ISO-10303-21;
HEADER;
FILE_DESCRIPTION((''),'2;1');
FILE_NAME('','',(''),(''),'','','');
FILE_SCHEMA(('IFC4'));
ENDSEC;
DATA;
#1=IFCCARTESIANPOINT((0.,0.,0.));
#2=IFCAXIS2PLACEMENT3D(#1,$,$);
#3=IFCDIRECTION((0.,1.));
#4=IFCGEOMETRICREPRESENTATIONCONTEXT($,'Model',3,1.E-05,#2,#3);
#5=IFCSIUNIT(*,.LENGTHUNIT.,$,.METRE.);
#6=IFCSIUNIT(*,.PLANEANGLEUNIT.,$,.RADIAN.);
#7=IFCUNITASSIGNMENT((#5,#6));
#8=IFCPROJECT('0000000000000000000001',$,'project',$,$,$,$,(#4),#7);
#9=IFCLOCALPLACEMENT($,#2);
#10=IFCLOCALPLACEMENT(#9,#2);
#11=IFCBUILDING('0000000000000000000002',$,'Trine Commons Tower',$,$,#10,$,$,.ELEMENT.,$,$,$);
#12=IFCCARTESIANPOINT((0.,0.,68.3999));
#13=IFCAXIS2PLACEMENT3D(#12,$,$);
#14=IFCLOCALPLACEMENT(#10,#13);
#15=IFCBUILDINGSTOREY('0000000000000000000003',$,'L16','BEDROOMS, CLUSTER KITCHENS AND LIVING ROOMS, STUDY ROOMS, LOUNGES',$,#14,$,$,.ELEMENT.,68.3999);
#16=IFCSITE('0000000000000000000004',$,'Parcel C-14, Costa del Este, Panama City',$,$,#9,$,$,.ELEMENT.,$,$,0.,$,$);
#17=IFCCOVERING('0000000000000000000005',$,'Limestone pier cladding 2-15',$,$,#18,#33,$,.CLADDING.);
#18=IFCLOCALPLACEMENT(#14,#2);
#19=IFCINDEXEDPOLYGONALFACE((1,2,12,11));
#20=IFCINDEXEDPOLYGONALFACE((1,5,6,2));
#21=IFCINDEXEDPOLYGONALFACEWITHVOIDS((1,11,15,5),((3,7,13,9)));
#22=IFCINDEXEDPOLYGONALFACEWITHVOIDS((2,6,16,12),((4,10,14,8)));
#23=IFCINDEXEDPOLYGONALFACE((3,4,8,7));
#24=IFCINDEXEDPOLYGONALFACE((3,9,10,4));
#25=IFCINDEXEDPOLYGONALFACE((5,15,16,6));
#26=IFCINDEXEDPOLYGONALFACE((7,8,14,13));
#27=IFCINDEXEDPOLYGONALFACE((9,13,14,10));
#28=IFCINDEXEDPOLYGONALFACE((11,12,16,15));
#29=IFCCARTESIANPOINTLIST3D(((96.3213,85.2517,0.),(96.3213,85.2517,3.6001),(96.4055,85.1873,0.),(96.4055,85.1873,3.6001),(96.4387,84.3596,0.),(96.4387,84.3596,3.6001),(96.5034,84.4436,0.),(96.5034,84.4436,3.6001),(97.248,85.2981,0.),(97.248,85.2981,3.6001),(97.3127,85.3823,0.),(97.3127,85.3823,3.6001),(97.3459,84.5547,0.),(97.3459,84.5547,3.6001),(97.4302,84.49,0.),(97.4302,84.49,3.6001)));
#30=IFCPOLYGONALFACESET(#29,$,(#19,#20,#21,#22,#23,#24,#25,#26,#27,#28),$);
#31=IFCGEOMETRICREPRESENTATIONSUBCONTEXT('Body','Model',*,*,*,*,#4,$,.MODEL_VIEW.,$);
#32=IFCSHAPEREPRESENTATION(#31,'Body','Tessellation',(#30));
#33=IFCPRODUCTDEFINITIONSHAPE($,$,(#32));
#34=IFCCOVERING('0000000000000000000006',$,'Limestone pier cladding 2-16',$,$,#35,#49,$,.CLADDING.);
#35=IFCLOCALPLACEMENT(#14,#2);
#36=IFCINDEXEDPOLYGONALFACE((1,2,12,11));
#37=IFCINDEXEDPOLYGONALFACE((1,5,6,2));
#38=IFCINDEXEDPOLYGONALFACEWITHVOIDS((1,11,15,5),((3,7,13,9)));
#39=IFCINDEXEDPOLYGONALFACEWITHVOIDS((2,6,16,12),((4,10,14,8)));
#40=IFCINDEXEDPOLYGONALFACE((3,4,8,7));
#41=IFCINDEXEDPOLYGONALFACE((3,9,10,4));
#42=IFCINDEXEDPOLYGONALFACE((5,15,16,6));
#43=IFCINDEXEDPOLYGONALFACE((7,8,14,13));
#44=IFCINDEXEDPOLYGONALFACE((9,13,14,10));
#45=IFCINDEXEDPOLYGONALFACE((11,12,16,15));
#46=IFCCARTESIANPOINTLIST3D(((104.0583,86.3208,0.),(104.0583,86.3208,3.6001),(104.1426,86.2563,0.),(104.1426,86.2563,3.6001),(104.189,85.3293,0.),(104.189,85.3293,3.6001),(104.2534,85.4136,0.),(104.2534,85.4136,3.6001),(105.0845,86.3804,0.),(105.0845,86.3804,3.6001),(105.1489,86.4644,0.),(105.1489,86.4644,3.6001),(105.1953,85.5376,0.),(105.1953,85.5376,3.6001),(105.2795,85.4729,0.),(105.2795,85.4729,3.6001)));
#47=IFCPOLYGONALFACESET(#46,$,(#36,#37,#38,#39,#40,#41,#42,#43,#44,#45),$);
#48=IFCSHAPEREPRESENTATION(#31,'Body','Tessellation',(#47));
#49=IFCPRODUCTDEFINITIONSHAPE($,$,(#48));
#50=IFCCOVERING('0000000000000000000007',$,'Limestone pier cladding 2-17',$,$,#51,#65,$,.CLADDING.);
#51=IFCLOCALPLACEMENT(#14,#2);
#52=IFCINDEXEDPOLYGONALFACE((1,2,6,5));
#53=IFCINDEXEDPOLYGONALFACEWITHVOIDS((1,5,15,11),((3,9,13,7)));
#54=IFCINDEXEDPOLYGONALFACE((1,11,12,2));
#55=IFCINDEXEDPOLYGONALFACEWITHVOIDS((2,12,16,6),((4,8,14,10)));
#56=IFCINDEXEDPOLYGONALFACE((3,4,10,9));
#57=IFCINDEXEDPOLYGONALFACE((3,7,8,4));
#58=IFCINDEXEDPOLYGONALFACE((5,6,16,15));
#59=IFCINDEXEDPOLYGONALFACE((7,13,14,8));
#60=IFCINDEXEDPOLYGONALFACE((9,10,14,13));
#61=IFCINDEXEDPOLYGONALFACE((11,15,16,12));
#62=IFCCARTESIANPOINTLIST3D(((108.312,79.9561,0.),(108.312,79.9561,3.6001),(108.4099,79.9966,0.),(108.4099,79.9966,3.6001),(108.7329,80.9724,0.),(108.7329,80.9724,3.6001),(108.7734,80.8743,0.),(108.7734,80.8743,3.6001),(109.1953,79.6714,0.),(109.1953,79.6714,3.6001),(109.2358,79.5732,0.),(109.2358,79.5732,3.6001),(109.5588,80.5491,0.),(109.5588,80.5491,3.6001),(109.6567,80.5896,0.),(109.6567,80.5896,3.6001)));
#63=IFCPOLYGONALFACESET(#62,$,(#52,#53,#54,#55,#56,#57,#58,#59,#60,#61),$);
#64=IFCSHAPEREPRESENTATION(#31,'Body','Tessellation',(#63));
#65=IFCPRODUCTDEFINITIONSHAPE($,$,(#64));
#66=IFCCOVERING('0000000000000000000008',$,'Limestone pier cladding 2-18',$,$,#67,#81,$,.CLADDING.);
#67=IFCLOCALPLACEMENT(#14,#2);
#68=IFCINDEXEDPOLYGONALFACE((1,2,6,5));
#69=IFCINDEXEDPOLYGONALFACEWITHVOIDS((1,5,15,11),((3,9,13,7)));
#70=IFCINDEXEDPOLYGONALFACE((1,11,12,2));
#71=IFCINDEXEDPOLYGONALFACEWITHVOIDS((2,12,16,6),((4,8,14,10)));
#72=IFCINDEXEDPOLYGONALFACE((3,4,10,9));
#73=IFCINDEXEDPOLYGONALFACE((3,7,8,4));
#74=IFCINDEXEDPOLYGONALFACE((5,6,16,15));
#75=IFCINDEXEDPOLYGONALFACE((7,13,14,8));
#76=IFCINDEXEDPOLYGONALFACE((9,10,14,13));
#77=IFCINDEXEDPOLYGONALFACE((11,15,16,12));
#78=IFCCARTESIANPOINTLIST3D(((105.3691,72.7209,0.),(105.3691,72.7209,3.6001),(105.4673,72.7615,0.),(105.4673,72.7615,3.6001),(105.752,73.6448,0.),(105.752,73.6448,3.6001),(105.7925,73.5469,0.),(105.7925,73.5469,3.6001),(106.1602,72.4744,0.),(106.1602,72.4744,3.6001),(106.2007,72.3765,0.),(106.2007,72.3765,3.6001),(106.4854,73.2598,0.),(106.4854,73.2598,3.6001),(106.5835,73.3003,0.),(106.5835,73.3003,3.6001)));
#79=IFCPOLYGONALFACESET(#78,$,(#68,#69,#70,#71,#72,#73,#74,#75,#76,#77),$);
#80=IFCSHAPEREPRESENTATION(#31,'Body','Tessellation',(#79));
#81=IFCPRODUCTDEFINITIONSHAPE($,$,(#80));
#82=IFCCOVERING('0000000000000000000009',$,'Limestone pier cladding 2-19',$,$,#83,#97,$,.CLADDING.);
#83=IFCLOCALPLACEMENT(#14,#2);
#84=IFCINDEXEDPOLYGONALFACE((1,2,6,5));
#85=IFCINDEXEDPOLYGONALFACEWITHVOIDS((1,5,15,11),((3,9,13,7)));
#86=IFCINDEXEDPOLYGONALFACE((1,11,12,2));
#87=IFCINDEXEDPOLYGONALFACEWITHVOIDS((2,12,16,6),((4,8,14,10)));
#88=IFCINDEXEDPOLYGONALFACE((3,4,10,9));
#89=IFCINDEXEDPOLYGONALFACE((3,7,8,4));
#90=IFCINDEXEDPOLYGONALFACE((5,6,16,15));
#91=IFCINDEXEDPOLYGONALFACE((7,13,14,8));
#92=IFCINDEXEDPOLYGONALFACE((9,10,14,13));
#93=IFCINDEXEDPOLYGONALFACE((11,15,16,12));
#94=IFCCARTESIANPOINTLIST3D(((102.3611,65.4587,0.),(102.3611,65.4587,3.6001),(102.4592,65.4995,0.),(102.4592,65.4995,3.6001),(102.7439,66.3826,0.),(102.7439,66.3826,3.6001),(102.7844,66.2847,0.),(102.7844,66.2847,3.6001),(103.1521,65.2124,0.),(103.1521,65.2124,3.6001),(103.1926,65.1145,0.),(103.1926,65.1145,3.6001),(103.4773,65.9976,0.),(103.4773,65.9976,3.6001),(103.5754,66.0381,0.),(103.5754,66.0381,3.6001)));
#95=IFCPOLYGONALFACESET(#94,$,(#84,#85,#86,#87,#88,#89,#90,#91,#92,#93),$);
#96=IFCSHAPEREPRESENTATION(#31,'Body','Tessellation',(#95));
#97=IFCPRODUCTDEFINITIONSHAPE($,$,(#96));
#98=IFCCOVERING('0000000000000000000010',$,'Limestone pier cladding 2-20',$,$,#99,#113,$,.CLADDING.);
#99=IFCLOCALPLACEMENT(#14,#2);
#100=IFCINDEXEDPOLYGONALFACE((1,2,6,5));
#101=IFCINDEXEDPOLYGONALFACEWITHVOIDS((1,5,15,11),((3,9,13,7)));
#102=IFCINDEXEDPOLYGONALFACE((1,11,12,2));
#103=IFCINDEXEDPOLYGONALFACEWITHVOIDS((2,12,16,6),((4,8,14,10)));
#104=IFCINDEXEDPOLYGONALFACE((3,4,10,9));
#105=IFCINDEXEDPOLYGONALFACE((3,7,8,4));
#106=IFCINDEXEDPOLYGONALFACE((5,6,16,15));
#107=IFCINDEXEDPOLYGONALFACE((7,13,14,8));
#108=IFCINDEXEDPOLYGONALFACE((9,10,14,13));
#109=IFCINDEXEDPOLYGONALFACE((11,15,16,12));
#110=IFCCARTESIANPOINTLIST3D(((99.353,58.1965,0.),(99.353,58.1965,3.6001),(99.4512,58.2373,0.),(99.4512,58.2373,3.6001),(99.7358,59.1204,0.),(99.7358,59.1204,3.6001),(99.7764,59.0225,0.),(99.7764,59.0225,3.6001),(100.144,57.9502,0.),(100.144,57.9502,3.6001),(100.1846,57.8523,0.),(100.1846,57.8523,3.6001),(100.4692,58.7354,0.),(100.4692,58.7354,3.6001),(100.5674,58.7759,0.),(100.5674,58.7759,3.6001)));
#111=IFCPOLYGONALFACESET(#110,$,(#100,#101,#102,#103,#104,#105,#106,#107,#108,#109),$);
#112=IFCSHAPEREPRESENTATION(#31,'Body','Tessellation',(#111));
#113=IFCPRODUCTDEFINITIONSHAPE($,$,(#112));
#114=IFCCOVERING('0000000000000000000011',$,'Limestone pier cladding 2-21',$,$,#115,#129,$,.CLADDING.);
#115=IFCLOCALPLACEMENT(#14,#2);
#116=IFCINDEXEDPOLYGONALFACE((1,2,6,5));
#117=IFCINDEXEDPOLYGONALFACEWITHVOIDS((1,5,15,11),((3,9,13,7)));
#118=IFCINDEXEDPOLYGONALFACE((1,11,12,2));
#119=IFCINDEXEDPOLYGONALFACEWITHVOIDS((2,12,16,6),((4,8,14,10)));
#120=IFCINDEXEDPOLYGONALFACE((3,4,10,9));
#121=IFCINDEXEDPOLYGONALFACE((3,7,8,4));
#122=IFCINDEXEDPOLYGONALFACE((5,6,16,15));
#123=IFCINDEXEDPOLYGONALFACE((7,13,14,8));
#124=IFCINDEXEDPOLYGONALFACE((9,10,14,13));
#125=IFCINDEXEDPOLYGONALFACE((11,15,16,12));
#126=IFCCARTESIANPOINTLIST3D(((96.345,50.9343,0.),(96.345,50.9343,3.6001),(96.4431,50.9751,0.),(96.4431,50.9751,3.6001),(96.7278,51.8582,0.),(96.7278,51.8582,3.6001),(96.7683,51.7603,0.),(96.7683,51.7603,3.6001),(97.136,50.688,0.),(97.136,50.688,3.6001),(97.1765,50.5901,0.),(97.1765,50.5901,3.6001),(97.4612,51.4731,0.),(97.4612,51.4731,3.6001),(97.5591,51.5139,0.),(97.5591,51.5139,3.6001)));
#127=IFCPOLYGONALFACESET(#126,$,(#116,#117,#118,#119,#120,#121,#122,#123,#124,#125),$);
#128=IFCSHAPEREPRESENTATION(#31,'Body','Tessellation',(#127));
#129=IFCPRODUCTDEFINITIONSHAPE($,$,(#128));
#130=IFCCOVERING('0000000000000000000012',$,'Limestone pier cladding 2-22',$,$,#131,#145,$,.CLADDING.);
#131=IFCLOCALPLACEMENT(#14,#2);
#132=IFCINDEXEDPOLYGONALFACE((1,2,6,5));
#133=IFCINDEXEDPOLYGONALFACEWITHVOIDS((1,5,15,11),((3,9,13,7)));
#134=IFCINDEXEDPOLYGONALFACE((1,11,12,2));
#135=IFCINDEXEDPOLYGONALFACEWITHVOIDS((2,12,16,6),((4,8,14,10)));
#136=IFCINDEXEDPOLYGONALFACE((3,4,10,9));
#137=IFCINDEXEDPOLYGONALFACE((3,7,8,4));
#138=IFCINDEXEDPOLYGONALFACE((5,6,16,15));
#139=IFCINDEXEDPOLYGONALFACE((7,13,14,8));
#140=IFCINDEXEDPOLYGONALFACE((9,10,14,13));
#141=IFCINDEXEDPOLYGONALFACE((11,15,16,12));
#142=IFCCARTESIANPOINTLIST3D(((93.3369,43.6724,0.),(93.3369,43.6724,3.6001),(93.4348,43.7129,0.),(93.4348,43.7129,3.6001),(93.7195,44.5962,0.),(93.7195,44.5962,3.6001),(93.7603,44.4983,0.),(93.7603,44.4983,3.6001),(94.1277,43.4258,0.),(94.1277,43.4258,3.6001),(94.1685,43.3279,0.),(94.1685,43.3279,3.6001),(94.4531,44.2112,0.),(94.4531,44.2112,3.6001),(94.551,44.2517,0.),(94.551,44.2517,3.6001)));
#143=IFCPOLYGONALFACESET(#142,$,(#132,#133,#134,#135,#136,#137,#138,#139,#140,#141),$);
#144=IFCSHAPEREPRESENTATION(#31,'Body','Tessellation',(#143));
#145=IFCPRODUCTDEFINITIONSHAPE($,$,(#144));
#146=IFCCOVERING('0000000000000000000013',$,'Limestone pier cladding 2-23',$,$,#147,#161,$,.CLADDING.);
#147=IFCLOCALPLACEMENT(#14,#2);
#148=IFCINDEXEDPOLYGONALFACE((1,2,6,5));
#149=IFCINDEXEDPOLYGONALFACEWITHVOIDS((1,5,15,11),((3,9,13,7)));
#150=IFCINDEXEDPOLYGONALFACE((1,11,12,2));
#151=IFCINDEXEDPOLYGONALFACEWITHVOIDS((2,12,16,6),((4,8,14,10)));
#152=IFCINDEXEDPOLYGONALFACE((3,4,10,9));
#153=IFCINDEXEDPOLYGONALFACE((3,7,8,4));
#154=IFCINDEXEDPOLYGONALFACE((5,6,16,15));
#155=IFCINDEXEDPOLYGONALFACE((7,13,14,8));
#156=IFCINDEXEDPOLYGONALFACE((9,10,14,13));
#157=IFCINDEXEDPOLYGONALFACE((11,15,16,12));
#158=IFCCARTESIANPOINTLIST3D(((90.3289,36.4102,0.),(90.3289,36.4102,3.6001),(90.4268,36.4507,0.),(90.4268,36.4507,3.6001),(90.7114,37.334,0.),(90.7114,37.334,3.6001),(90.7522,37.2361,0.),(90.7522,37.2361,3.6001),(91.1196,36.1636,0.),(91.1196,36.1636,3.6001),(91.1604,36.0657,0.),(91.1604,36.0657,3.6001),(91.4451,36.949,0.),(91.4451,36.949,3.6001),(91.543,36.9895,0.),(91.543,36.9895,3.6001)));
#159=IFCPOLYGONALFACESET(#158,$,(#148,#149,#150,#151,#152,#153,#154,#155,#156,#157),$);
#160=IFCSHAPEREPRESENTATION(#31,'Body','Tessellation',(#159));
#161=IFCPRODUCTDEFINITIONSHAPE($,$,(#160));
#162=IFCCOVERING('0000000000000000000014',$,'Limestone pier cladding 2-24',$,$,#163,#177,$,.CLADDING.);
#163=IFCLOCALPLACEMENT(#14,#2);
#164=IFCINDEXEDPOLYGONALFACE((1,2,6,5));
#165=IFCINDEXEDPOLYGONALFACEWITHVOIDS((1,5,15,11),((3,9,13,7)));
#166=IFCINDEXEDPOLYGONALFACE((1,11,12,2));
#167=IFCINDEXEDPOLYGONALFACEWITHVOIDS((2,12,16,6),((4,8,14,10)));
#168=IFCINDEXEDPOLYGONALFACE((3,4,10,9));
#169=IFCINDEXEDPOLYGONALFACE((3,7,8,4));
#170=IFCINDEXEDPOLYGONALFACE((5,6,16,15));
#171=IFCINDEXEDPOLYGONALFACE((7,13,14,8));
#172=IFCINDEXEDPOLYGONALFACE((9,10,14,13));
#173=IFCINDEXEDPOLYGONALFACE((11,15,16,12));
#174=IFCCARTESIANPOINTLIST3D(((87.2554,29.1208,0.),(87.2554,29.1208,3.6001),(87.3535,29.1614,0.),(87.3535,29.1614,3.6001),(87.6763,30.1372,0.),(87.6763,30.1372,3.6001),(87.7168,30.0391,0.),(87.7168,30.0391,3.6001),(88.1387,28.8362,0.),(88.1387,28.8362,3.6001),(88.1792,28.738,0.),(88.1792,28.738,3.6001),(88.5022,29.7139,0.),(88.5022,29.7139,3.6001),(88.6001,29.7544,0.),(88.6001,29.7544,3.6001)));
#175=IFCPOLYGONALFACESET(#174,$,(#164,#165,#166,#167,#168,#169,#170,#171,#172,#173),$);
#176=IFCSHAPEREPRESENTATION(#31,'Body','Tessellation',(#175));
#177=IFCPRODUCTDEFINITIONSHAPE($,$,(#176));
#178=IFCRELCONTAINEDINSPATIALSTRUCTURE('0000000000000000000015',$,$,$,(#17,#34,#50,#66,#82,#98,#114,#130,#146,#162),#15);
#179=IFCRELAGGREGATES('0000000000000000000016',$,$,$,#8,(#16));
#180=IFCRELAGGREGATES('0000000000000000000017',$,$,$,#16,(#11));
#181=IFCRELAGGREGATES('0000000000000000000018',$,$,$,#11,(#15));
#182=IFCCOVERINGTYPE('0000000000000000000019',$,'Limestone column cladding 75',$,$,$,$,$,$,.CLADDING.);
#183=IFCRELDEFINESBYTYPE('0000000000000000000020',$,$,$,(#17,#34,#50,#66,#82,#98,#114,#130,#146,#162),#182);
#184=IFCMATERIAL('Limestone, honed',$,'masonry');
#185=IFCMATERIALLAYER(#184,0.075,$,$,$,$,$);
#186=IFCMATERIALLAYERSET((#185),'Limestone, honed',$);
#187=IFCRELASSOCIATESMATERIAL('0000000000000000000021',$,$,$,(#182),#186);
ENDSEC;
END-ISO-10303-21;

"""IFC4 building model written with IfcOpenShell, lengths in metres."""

from ifc_helpers import new_model, si_unit, direction, frame, origin, place, context, subcontext, project, spatial, polyline, outline, extrude, material, layer, layer_set, type_object, element, save


model = new_model("IFC4")

# Units and contexts
model_context = context("Model", 3, precision=1e-05, world=origin(), true_north=direction((0.0, 1.0)))
body_context = subcontext(model_context, "Body", "Model", "MODEL_VIEW")
ifc_project = project(units=[si_unit("LENGTHUNIT", "METRE"), si_unit("PLANEANGLEUNIT", "RADIAN")], contexts=[model_context])

# Site, building, storey
site_placement = place(None, origin())
site = spatial("IfcSite", under=ifc_project, at=site_placement, Name="Parcel C-14, Costa del Este, Panama City", CompositionType="ELEMENT", RefElevation=0.0)
building_placement = place(site_placement, origin())
building = spatial("IfcBuilding", under=site, at=building_placement, Name="Trine Commons Tower", CompositionType="ELEMENT")
storey_placement = place(building_placement, frame((0.0, 0.0, 68.3999)))
storey = spatial("IfcBuildingStorey", under=building, at=storey_placement, Name="L16", Description="BEDROOMS, CLUSTER KITCHENS AND LIVING ROOMS, STUDY ROOMS, LOUNGES", CompositionType="ELEMENT", Elevation=68.3999)

# Coverings
ifc_material_1 = material(Name="Limestone, honed", Category="masonry")
ifc_layer_1 = layer(ifc_material_1, 0.075)
ifc_layer_set_1 = layer_set([ifc_layer_1], Name="Limestone, honed")
covering_type_1 = type_object("IfcCoveringType", Name="Limestone column cladding 75", PredefinedType="CLADDING", material=ifc_layer_set_1)
covering_1_placement = place(storey_placement, origin())
element("IfcCovering", 1, at=covering_1_placement, inside=storey, type_object=covering_type_1, Name="Limestone pier cladding 2-15", PredefinedType="CLADDING", context=body_context, shape_type="SweptSolid", body=[
    extrude(outline(polyline([(97.4302, 84.49), (97.3127, 85.3823), (96.3213, 85.2517), (96.4387, 84.3596), (97.4302, 84.49)]), holes=[polyline([(97.3459, 84.5547), (97.248, 85.2981), (96.4055, 85.1873), (96.5034, 84.4436), (97.3459, 84.5547)])]), origin(), (0.0, 0.0, 1.0), 3.6001),
])
covering_2_placement = place(storey_placement, origin())
element("IfcCovering", 2, at=covering_2_placement, inside=storey, type_object=covering_type_1, Name="Limestone pier cladding 2-16", PredefinedType="CLADDING", context=body_context, shape_type="SweptSolid", body=[
    extrude(outline(polyline([(105.2795, 85.4729), (105.1489, 86.4644), (104.0583, 86.3208), (104.189, 85.3293), (105.2795, 85.4729)]), holes=[polyline([(105.1953, 85.5376), (105.0845, 86.3804), (104.1426, 86.2563), (104.2534, 85.4136), (105.1953, 85.5376)])]), origin(), (0.0, 0.0, 1.0), 3.6001),
])
covering_3_placement = place(storey_placement, origin())
element("IfcCovering", 3, at=covering_3_placement, inside=storey, type_object=covering_type_1, Name="Limestone pier cladding 2-17", PredefinedType="CLADDING", context=body_context, shape_type="SweptSolid", body=[
    extrude(outline(polyline([(109.6567, 80.5896), (108.7329, 80.9724), (108.312, 79.9561), (109.2358, 79.5732), (109.6567, 80.5896)]), holes=[polyline([(109.5588, 80.5491), (108.7734, 80.8743), (108.4099, 79.9966), (109.1953, 79.6714), (109.5588, 80.5491)])]), origin(), (0.0, 0.0, 1.0), 3.6001),
])
covering_4_placement = place(storey_placement, origin())
element("IfcCovering", 4, at=covering_4_placement, inside=storey, type_object=covering_type_1, Name="Limestone pier cladding 2-18", PredefinedType="CLADDING", context=body_context, shape_type="SweptSolid", body=[
    extrude(outline(polyline([(106.5835, 73.3003), (105.752, 73.6448), (105.3691, 72.7209), (106.2007, 72.3765), (106.5835, 73.3003)]), holes=[polyline([(106.4854, 73.2598), (105.7925, 73.5469), (105.4673, 72.7615), (106.1602, 72.4744), (106.4854, 73.2598)])]), origin(), (0.0, 0.0, 1.0), 3.6001),
])
covering_5_placement = place(storey_placement, origin())
element("IfcCovering", 5, at=covering_5_placement, inside=storey, type_object=covering_type_1, Name="Limestone pier cladding 2-19", PredefinedType="CLADDING", context=body_context, shape_type="SweptSolid", body=[
    extrude(outline(polyline([(103.5754, 66.0381), (102.7439, 66.3826), (102.3611, 65.4587), (103.1926, 65.1145), (103.5754, 66.0381)]), holes=[polyline([(103.4773, 65.9976), (102.7844, 66.2847), (102.4592, 65.4995), (103.1521, 65.2124), (103.4773, 65.9976)])]), origin(), (0.0, 0.0, 1.0), 3.6001),
])
covering_6_placement = place(storey_placement, origin())
element("IfcCovering", 6, at=covering_6_placement, inside=storey, type_object=covering_type_1, Name="Limestone pier cladding 2-20", PredefinedType="CLADDING", context=body_context, shape_type="SweptSolid", body=[
    extrude(outline(polyline([(100.5674, 58.7759), (99.7358, 59.1204), (99.353, 58.1965), (100.1846, 57.8523), (100.5674, 58.7759)]), holes=[polyline([(100.4692, 58.7354), (99.7764, 59.0225), (99.4512, 58.2373), (100.144, 57.9502), (100.4692, 58.7354)])]), origin(), (0.0, 0.0, 1.0), 3.6001),
])
covering_7_placement = place(storey_placement, origin())
element("IfcCovering", 7, at=covering_7_placement, inside=storey, type_object=covering_type_1, Name="Limestone pier cladding 2-21", PredefinedType="CLADDING", context=body_context, shape_type="SweptSolid", body=[
    extrude(outline(polyline([(97.5591, 51.5139), (96.7278, 51.8582), (96.345, 50.9343), (97.1765, 50.5901), (97.5591, 51.5139)]), holes=[polyline([(97.4612, 51.4731), (96.7683, 51.7603), (96.4431, 50.9751), (97.136, 50.688), (97.4612, 51.4731)])]), origin(), (0.0, 0.0, 1.0), 3.6001),
])
covering_8_placement = place(storey_placement, origin())
element("IfcCovering", 8, at=covering_8_placement, inside=storey, type_object=covering_type_1, Name="Limestone pier cladding 2-22", PredefinedType="CLADDING", context=body_context, shape_type="SweptSolid", body=[
    extrude(outline(polyline([(94.551, 44.2517), (93.7195, 44.5962), (93.3369, 43.6724), (94.1685, 43.3279), (94.551, 44.2517)]), holes=[polyline([(94.4531, 44.2112), (93.7603, 44.4983), (93.4348, 43.7129), (94.1277, 43.4258), (94.4531, 44.2112)])]), origin(), (0.0, 0.0, 1.0), 3.6001),
])
covering_9_placement = place(storey_placement, origin())
element("IfcCovering", 9, at=covering_9_placement, inside=storey, type_object=covering_type_1, Name="Limestone pier cladding 2-23", PredefinedType="CLADDING", context=body_context, shape_type="SweptSolid", body=[
    extrude(outline(polyline([(91.543, 36.9895), (90.7114, 37.334), (90.3289, 36.4102), (91.1604, 36.0657), (91.543, 36.9895)]), holes=[polyline([(91.4451, 36.949), (90.7522, 37.2361), (90.4268, 36.4507), (91.1196, 36.1636), (91.4451, 36.949)])]), origin(), (0.0, 0.0, 1.0), 3.6001),
])
covering_10_placement = place(storey_placement, origin())
element("IfcCovering", 10, at=covering_10_placement, inside=storey, type_object=covering_type_1, Name="Limestone pier cladding 2-24", PredefinedType="CLADDING", context=body_context, shape_type="SweptSolid", body=[
    extrude(outline(polyline([(88.6001, 29.7544), (87.6763, 30.1372), (87.2554, 29.1208), (88.1792, 28.738), (88.6001, 29.7544)]), holes=[polyline([(88.5022, 29.7139), (87.7168, 30.0391), (87.3535, 29.1614), (88.1387, 28.8362), (88.5022, 29.7139)])]), origin(), (0.0, 0.0, 1.0), 3.6001),
])

save(model, "model.ifc")
